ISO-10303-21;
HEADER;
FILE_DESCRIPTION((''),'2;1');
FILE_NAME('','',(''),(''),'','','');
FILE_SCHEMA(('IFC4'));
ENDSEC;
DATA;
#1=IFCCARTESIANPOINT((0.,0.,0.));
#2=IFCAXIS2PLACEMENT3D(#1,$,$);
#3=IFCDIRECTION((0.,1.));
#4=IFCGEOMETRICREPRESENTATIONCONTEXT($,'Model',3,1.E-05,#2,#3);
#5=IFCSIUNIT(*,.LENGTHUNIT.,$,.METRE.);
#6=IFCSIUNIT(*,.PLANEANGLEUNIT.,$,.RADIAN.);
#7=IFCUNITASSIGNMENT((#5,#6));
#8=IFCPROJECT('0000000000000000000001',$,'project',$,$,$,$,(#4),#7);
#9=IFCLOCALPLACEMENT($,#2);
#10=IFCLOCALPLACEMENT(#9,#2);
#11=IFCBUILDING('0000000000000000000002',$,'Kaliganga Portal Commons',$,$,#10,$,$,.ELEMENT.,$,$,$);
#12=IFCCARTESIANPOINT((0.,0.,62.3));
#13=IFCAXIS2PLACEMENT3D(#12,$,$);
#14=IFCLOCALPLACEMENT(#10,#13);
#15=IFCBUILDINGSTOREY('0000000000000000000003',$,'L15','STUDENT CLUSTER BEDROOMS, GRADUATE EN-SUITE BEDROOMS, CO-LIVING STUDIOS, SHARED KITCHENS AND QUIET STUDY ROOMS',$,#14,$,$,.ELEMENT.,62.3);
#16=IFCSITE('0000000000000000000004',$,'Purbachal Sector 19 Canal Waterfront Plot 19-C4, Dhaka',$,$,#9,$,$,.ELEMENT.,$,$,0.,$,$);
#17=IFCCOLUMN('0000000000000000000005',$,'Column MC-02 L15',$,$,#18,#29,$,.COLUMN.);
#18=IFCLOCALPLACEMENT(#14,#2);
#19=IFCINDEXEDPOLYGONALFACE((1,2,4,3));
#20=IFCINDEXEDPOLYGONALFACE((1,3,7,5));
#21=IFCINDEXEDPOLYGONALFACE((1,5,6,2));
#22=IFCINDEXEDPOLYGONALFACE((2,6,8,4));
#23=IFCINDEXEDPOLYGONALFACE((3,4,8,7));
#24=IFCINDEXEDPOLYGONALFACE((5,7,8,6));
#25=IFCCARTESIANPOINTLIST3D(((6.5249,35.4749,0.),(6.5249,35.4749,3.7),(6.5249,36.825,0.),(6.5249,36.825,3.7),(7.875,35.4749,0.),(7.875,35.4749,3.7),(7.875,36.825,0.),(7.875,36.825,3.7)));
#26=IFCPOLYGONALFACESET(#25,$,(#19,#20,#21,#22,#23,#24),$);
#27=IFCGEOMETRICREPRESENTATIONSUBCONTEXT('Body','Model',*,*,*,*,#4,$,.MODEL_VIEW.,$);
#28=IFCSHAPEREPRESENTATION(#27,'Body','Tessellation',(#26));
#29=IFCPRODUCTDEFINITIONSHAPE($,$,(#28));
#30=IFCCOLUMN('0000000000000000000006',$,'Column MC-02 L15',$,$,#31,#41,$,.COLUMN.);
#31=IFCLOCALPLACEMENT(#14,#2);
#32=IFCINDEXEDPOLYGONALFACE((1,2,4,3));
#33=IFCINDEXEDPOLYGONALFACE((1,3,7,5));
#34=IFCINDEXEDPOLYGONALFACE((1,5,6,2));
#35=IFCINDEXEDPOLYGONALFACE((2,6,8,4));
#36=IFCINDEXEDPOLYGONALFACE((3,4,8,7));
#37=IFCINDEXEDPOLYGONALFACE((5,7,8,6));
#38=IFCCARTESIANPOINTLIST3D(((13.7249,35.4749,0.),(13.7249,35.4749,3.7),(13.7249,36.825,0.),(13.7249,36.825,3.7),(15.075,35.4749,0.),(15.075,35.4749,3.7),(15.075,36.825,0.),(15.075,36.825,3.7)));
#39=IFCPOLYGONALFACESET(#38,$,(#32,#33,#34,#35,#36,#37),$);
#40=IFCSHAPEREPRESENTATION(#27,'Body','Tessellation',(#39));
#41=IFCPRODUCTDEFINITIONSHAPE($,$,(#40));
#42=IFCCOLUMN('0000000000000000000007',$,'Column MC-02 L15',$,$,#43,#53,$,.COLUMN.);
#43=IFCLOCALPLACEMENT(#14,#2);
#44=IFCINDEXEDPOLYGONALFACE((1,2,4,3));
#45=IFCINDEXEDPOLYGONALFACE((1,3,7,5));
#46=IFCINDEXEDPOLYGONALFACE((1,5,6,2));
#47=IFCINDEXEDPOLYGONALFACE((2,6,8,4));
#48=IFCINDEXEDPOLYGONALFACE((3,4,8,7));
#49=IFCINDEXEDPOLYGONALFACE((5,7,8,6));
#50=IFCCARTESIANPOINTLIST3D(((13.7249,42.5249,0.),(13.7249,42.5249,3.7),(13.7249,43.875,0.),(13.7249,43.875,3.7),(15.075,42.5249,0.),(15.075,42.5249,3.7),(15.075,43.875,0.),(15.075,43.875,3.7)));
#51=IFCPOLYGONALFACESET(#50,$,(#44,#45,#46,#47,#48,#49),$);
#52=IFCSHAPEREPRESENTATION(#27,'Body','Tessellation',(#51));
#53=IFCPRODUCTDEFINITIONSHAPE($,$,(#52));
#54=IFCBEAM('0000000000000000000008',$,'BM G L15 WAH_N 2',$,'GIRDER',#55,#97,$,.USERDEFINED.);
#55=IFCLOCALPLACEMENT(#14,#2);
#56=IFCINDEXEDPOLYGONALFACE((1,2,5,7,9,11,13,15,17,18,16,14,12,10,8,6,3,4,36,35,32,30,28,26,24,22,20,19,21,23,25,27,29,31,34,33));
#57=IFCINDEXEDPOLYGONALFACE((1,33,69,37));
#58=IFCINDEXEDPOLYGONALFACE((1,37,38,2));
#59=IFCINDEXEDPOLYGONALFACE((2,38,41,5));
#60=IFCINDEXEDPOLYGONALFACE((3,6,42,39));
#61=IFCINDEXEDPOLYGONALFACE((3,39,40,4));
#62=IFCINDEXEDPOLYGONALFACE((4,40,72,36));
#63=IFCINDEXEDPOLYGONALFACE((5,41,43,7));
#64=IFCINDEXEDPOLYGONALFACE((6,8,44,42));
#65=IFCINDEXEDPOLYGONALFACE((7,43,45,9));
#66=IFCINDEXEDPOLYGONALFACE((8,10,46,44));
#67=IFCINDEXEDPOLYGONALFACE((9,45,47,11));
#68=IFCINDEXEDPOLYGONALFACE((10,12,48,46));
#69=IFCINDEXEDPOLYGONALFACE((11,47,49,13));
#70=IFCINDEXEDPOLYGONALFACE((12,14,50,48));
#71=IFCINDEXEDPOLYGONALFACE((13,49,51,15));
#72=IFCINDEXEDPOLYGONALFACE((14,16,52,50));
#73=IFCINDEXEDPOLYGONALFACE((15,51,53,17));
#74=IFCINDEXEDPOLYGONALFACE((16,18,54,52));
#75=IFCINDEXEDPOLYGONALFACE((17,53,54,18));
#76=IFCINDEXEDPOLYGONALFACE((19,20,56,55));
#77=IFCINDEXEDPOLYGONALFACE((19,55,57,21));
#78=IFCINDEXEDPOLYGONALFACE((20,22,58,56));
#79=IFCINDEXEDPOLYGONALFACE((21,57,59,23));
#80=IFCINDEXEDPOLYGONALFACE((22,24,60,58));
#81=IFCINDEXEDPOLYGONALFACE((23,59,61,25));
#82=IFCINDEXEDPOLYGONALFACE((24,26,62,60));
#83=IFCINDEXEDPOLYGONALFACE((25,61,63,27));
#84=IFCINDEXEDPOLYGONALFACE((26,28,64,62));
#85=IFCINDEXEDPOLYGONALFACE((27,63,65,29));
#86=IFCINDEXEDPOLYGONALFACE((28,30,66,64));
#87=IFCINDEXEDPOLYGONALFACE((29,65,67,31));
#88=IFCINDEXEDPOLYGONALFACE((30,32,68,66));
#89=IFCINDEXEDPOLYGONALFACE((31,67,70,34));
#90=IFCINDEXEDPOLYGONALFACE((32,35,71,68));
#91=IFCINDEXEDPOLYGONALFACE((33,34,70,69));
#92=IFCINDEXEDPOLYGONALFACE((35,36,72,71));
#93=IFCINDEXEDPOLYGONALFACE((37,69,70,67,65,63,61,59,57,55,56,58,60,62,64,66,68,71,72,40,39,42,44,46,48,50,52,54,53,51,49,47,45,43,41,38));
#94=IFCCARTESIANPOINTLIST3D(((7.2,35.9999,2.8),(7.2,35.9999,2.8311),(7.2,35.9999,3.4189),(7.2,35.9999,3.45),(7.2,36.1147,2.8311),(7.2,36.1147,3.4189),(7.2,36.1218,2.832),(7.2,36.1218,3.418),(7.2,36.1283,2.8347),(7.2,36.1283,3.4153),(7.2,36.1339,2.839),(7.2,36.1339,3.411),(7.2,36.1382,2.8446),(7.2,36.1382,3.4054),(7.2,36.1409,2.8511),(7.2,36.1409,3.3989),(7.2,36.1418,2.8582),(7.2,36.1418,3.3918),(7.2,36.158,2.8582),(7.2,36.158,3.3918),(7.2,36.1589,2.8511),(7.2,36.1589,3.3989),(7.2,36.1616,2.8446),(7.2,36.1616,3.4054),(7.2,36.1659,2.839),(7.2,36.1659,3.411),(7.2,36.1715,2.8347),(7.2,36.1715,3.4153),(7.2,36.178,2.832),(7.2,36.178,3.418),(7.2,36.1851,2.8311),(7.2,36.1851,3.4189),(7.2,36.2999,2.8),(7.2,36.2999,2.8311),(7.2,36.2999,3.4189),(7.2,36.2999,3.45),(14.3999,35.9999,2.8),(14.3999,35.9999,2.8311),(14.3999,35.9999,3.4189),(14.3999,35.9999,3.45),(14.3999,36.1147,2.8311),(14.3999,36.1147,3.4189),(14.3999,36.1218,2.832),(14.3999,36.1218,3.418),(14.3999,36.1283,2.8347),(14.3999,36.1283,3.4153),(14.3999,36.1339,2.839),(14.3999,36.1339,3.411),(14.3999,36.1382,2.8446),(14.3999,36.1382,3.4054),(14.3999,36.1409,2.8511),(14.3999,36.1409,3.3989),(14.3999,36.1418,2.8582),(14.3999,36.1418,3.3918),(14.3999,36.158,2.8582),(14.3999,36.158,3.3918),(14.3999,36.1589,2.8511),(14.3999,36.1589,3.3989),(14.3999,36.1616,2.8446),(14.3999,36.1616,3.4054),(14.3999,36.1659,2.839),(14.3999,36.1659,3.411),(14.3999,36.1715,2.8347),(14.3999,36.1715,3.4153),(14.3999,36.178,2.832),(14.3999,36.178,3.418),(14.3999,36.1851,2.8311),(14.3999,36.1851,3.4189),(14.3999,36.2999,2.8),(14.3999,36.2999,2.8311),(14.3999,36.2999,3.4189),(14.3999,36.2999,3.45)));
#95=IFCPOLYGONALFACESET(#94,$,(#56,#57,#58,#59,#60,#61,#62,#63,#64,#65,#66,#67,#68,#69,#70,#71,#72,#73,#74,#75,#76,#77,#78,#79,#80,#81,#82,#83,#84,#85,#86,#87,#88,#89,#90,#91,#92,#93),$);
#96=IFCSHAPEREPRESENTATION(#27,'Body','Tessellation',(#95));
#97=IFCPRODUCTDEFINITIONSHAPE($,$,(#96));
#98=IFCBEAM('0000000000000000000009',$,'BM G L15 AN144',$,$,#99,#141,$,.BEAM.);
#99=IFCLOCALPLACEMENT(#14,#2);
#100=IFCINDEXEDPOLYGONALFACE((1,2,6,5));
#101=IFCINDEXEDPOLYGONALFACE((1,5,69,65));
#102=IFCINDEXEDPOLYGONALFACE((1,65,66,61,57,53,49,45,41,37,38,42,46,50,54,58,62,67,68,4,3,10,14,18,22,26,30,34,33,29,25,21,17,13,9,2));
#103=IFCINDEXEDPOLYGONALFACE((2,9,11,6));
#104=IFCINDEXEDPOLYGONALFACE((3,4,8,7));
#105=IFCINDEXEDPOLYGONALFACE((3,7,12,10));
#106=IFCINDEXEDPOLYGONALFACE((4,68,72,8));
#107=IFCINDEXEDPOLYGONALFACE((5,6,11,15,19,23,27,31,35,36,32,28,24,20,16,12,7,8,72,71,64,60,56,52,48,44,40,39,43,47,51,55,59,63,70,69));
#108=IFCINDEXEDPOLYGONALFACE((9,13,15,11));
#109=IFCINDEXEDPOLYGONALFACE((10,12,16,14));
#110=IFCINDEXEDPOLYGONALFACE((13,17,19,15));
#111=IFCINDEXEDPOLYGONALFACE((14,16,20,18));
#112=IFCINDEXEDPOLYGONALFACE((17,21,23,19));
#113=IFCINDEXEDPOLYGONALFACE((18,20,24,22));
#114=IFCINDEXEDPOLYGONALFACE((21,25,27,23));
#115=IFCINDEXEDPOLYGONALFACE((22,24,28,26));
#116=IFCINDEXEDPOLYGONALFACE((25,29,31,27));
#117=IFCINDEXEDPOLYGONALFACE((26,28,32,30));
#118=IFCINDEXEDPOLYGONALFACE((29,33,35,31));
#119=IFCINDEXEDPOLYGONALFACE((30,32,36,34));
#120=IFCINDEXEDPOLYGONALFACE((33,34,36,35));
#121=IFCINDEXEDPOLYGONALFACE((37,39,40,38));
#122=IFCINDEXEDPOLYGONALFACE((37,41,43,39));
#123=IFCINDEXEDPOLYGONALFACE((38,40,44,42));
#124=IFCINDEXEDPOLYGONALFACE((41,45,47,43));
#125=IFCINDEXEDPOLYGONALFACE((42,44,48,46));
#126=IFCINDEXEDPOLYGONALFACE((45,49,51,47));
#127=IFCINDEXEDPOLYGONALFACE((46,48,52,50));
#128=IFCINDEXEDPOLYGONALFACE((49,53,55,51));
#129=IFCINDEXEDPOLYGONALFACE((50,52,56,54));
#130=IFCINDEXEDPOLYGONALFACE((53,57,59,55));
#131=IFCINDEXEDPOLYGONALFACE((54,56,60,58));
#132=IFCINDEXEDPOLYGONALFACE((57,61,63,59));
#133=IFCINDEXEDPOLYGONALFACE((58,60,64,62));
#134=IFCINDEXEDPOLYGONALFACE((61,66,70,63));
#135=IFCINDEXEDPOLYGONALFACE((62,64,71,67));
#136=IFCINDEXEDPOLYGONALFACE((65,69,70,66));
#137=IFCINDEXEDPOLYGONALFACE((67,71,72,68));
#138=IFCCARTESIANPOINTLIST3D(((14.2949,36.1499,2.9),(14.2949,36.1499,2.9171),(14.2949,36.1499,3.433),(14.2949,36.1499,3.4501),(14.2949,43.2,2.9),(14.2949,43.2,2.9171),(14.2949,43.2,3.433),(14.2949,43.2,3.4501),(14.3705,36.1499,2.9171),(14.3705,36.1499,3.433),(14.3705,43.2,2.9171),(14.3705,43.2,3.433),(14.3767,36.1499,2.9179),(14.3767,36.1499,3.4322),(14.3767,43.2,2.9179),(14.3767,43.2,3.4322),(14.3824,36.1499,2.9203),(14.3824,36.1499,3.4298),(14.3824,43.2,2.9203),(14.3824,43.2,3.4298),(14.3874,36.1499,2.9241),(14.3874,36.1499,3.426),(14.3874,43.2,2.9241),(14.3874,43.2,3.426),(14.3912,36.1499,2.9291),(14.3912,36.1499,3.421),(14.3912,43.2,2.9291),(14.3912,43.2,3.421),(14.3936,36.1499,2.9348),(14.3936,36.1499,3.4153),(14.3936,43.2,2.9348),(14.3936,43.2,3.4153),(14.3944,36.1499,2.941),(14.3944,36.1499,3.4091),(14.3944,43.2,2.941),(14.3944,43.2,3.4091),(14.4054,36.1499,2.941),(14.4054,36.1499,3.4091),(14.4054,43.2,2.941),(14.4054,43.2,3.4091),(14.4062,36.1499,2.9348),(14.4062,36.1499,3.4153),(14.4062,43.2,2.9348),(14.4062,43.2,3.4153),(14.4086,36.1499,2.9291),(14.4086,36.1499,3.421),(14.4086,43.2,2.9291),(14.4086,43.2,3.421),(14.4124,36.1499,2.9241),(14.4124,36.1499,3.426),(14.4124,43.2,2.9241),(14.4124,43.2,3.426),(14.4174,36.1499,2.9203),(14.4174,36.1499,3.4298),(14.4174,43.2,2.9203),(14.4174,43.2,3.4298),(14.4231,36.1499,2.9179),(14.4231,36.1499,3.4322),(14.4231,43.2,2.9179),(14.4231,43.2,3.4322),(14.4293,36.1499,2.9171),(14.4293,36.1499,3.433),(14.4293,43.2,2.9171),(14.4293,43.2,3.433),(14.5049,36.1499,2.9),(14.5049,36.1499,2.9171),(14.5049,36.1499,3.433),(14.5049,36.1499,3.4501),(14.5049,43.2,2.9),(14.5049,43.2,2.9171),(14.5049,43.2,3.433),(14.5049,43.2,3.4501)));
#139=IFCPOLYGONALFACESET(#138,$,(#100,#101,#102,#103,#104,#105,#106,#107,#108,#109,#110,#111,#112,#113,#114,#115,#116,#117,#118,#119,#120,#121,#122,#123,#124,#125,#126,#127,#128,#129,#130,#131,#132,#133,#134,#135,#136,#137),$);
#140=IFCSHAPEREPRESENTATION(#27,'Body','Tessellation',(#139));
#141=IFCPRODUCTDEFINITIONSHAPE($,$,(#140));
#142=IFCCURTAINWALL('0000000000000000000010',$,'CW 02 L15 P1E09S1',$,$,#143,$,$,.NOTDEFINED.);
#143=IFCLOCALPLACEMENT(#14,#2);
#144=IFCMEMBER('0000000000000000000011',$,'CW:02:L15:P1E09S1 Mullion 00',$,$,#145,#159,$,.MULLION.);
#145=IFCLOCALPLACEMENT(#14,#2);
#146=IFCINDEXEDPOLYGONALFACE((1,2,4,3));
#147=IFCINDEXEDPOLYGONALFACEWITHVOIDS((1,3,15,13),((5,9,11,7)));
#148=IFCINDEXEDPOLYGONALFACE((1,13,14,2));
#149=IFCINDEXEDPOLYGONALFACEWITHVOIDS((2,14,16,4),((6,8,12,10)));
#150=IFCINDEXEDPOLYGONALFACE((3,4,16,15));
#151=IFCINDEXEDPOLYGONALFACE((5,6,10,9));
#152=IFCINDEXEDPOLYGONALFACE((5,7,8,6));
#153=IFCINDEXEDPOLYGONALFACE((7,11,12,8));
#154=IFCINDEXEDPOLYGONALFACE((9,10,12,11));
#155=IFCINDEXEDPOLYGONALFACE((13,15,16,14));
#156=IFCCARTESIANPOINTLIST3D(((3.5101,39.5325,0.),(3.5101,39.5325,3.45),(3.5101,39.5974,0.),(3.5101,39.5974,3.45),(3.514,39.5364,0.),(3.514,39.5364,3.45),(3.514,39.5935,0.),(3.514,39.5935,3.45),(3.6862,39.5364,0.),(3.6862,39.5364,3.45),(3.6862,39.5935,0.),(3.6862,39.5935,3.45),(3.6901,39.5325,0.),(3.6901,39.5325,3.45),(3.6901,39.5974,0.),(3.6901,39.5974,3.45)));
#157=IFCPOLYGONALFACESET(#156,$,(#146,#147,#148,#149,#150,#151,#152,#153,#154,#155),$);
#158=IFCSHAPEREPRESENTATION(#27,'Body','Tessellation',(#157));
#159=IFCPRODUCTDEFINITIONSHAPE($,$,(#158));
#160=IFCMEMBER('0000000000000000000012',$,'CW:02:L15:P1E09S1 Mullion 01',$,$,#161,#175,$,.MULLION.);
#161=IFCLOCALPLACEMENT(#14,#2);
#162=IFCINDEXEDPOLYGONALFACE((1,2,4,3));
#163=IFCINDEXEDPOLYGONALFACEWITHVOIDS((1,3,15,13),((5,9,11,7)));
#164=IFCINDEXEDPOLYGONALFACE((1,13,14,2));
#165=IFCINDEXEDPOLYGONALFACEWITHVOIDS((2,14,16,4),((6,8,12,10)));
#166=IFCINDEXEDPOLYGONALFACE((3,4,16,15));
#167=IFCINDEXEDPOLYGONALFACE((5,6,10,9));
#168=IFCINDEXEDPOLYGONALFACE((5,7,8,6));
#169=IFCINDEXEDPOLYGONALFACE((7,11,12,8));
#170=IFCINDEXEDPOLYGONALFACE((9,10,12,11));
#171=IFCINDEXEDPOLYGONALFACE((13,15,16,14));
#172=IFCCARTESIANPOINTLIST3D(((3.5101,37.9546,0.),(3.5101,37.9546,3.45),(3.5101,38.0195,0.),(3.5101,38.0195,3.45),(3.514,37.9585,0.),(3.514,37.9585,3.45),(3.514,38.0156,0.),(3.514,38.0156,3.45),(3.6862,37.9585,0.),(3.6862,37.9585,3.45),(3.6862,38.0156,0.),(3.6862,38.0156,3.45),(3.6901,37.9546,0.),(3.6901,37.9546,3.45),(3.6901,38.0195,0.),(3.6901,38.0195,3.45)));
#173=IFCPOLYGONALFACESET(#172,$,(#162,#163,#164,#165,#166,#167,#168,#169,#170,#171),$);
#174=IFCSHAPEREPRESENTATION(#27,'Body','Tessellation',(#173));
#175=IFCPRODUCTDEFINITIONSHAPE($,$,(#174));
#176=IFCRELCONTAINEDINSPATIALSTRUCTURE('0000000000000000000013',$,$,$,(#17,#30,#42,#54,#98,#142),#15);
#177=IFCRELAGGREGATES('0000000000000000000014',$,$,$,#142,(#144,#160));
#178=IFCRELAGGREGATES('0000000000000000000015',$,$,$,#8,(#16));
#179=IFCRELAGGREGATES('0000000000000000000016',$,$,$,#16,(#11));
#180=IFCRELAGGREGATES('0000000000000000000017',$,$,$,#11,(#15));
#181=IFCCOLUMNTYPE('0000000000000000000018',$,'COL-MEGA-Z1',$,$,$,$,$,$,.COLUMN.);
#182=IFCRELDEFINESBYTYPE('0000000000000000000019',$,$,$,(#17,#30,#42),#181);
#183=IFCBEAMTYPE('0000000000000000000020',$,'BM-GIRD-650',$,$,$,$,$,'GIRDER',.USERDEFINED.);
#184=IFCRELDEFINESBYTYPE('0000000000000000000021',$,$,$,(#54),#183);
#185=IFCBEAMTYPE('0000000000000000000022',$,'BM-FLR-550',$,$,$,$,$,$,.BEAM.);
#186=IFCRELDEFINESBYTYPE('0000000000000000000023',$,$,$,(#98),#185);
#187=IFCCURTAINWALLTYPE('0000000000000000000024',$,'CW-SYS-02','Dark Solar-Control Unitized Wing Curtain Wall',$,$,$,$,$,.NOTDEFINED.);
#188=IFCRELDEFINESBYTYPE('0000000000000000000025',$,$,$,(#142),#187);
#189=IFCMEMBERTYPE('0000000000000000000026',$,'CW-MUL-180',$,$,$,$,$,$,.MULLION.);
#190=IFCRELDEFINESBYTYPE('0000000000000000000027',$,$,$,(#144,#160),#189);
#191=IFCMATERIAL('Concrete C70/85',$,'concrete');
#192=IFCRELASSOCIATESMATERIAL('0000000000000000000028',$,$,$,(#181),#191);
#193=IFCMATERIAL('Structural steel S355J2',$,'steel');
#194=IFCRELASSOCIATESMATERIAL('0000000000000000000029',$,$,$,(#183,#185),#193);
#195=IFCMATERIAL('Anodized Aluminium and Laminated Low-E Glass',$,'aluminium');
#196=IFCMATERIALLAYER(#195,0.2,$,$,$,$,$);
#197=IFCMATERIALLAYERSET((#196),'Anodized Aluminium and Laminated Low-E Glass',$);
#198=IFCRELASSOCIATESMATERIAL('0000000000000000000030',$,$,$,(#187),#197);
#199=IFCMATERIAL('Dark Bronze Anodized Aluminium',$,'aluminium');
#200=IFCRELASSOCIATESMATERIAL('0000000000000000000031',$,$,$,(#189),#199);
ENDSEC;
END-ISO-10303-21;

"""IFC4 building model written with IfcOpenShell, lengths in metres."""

from ifc_helpers import new_model, si_unit, direction, frame, origin, origin_2d, place, context, subcontext, project, spatial, rectangle, hollow_rectangle, i_section, extrude, source, transform, mapped, material, layer, layer_set, material_profile, profile_set, type_object, element, aggregate, save


model = new_model("IFC4")

# Units and contexts
model_context = context("Model", 3, precision=1e-05, world=origin(), true_north=direction((0.0, 1.0)))
body_context = subcontext(model_context, "Body", "Model", "MODEL_VIEW")
ifc_project = project(units=[si_unit("LENGTHUNIT", "METRE"), si_unit("PLANEANGLEUNIT", "RADIAN")], contexts=[model_context])

# Site, building, storey
site_placement = place(None, origin())
site = spatial("IfcSite", under=ifc_project, at=site_placement, Name="Purbachal Sector 19 Canal Waterfront Plot 19-C4, Dhaka", CompositionType="ELEMENT", RefElevation=0.0)
building_placement = place(site_placement, origin())
building = spatial("IfcBuilding", under=site, at=building_placement, Name="Kaliganga Portal Commons", CompositionType="ELEMENT")
storey_placement = place(building_placement, frame((0.0, 0.0, 62.3)))
storey = spatial("IfcBuildingStorey", under=building, at=storey_placement, Name="L15", Description="STUDENT CLUSTER BEDROOMS, GRADUATE EN-SUITE BEDROOMS, CO-LIVING STUDIOS, SHARED KITCHENS AND QUIET STUDY ROOMS", CompositionType="ELEMENT", Elevation=62.3)

# Columns
ifc_material_1 = material(Name="Concrete C70/85", Category="concrete")
ifc_material_profile_1 = material_profile(ifc_material_1, rectangle(XDim=1.3501, YDim=1.3501, at=origin_2d()), Name="RC 1350x1350")
ifc_profile_set_1 = profile_set([ifc_material_profile_1], Name="Concrete C70/85")
column_type = type_object("IfcColumnType", Name="COL-MEGA-Z1", PredefinedType="COLUMN", material=ifc_profile_set_1)
shared_shape_1 = source(origin(), body_context, "Body", "SweptSolid", [
    extrude(rectangle(XDim=1.3501, YDim=1.3501, at=origin_2d()), origin(), (0.0, 0.0, 1.0), 3.7),
])
for number, where, z_axis, x_axis, name in (
    (1, (7.2, 36.1499, 0.0), (0.0, 0.0, 1.0), (1.0, 0.0, 0.0), "Column MC-02 L15"),
    (2, (14.3999, 36.1499, 0.0), (0.0, 0.0, 1.0), (1.0, 0.0, 0.0), "Column MC-02 L15"),
    (3, (14.3999, 43.2, 0.0), (0.0, 0.0, 1.0), (1.0, 0.0, 0.0), "Column MC-02 L15"),
):
    element("IfcColumn", number, at=place(storey_placement, frame(where, z_axis=z_axis, x_axis=x_axis)), inside=storey, type_object=column_type, Name=name, PredefinedType="COLUMN", context=body_context, shape_type="MappedRepresentation", body=[
        mapped(shared_shape_1, transform((0.0, 0.0, 0.0), x_axis=(1.0, 0.0, 0.0), y_axis=(0.0, 1.0, 0.0), z_axis=(0.0, 0.0, 1.0), scale=1.0)),
    ])

# Beams
ifc_material_2 = material(Name="Structural steel S355J2", Category="steel")
ifc_material_profile_2 = material_profile(ifc_material_2, i_section(OverallWidth=0.3, OverallDepth=0.6499, WebThickness=0.0161, FlangeThickness=0.031, FilletRadius=0.0271, at=origin_2d()), Name="HE 650 B")
ifc_profile_set_2 = profile_set([ifc_material_profile_2], Name="Structural steel S355J2 wide-flange")
beam_type_1 = type_object("IfcBeamType", Name="BM-GIRD-650", ElementType="GIRDER", PredefinedType="USERDEFINED", material=ifc_profile_set_2)
shared_shape_2 = source(origin(), body_context, "Body", "SweptSolid", [
    extrude(i_section(OverallWidth=0.3, OverallDepth=0.6499, WebThickness=0.0161, FlangeThickness=0.031, FilletRadius=0.0271, at=origin_2d()), origin(), (0.0, 0.0, 1.0), 7.2),
])
beam_1_placement = place(storey_placement, frame((7.2, 36.1499, 3.125), z_axis=(1.0, 0.0, 0.0), x_axis=(0.0, 1.0, 0.0)))
element("IfcBeam", 4, at=beam_1_placement, inside=storey, type_object=beam_type_1, Name="BM G L15 WAH_N 2", ObjectType="GIRDER", PredefinedType="USERDEFINED", context=body_context, shape_type="MappedRepresentation", body=[
    mapped(shared_shape_2, transform((0.0, 0.0, 0.0), x_axis=(1.0, 0.0, 0.0), y_axis=(0.0, 1.0, 0.0), z_axis=(0.0, 0.0, 1.0), scale=1.0)),
])
ifc_material_profile_3 = material_profile(ifc_material_2, i_section(OverallWidth=0.21, OverallDepth=0.55, WebThickness=0.011, FlangeThickness=0.0171, FilletRadius=0.0239, at=origin_2d()), Name="IPE 550")
ifc_profile_set_3 = profile_set([ifc_material_profile_3], Name="Structural steel S355J2 wide-flange")
beam_type_2 = type_object("IfcBeamType", Name="BM-FLR-550", PredefinedType="BEAM", material=ifc_profile_set_3)
shared_shape_3 = source(origin(), body_context, "Body", "SweptSolid", [
    extrude(i_section(OverallWidth=0.21, OverallDepth=0.55, WebThickness=0.011, FlangeThickness=0.0171, FilletRadius=0.0239, at=origin_2d()), origin(), (0.0, 0.0, 1.0), 7.05),
])
beam_2_placement = place(storey_placement, frame((14.3999, 36.1499, 3.175), z_axis=(0.0, 1.0, 0.0), x_axis=(-1.0, 0.0, 0.0)))
element("IfcBeam", 5, at=beam_2_placement, inside=storey, type_object=beam_type_2, Name="BM G L15 AN144", PredefinedType="BEAM", context=body_context, shape_type="MappedRepresentation", body=[
    mapped(shared_shape_3, transform((0.0, 0.0, 0.0), x_axis=(1.0, 0.0, 0.0), y_axis=(0.0, 1.0, 0.0), z_axis=(0.0, 0.0, 1.0), scale=1.0)),
])

# Curtain wall, members
ifc_material_3 = material(Name="Anodized Aluminium and Laminated Low-E Glass", Category="aluminium")
ifc_layer_1 = layer(ifc_material_3, 0.2)
ifc_layer_set_1 = layer_set([ifc_layer_1], Name="Anodized Aluminium and Laminated Low-E Glass")
curtain_wall_type = type_object("IfcCurtainWallType", Name="CW-SYS-02", Description="Dark Solar-Control Unitized Wing Curtain Wall", PredefinedType="NOTDEFINED", material=ifc_layer_set_1)
curtain_wall_placement = place(storey_placement, origin())
curtain_wall = element("IfcCurtainWall", 6, at=curtain_wall_placement, inside=storey, type_object=curtain_wall_type, Name="CW 02 L15 P1E09S1", PredefinedType="NOTDEFINED")
ifc_material_4 = material(Name="Dark Bronze Anodized Aluminium", Category="aluminium")
ifc_material_profile_4 = material_profile(ifc_material_4, hollow_rectangle(XDim=0.0649, YDim=0.1799, WallThickness=0.0039, at=origin_2d()), Name="ALU MULL 65x180x4")
ifc_profile_set_4 = profile_set([ifc_material_profile_4], Name="Dark Bronze Anodized Aluminium")
member_type_1 = type_object("IfcMemberType", Name="CW-MUL-180", PredefinedType="MULLION", material=ifc_profile_set_4)
shared_shape_4 = source(origin(), body_context, "Body", "SweptSolid", [
    extrude(hollow_rectangle(XDim=0.0649, YDim=0.1799, WallThickness=0.0039, at=origin_2d()), origin(), (0.0, 0.0, 1.0), 3.45),
])
member_1_placement = place(storey_placement, frame((3.6001, 39.5649, 0.0), z_axis=(0.0, 0.0, 1.0), x_axis=(0.0, -1.0, 0.0)))
member_1 = element("IfcMember", 7, at=member_1_placement, type_object=member_type_1, Name="CW:02:L15:P1E09S1 Mullion 00", PredefinedType="MULLION", context=body_context, shape_type="MappedRepresentation", body=[
    mapped(shared_shape_4, transform((0.0, 0.0, 0.0), x_axis=(1.0, 0.0, 0.0), y_axis=(0.0, 1.0, 0.0), z_axis=(0.0, 0.0, 1.0), scale=1.0)),
])
member_2_placement = place(storey_placement, frame((3.6001, 37.9871, 0.0), z_axis=(0.0, 0.0, 1.0), x_axis=(0.0, -1.0, 0.0)))
member_2 = element("IfcMember", 8, at=member_2_placement, type_object=member_type_1, Name="CW:02:L15:P1E09S1 Mullion 01", PredefinedType="MULLION", context=body_context, shape_type="MappedRepresentation", body=[
    mapped(shared_shape_4, transform((0.0, 0.0, 0.0), x_axis=(1.0, 0.0, 0.0), y_axis=(0.0, 1.0, 0.0), z_axis=(0.0, 0.0, 1.0), scale=1.0)),
])
aggregate(curtain_wall, [member_1, member_2])

save(model, "model.ifc")
